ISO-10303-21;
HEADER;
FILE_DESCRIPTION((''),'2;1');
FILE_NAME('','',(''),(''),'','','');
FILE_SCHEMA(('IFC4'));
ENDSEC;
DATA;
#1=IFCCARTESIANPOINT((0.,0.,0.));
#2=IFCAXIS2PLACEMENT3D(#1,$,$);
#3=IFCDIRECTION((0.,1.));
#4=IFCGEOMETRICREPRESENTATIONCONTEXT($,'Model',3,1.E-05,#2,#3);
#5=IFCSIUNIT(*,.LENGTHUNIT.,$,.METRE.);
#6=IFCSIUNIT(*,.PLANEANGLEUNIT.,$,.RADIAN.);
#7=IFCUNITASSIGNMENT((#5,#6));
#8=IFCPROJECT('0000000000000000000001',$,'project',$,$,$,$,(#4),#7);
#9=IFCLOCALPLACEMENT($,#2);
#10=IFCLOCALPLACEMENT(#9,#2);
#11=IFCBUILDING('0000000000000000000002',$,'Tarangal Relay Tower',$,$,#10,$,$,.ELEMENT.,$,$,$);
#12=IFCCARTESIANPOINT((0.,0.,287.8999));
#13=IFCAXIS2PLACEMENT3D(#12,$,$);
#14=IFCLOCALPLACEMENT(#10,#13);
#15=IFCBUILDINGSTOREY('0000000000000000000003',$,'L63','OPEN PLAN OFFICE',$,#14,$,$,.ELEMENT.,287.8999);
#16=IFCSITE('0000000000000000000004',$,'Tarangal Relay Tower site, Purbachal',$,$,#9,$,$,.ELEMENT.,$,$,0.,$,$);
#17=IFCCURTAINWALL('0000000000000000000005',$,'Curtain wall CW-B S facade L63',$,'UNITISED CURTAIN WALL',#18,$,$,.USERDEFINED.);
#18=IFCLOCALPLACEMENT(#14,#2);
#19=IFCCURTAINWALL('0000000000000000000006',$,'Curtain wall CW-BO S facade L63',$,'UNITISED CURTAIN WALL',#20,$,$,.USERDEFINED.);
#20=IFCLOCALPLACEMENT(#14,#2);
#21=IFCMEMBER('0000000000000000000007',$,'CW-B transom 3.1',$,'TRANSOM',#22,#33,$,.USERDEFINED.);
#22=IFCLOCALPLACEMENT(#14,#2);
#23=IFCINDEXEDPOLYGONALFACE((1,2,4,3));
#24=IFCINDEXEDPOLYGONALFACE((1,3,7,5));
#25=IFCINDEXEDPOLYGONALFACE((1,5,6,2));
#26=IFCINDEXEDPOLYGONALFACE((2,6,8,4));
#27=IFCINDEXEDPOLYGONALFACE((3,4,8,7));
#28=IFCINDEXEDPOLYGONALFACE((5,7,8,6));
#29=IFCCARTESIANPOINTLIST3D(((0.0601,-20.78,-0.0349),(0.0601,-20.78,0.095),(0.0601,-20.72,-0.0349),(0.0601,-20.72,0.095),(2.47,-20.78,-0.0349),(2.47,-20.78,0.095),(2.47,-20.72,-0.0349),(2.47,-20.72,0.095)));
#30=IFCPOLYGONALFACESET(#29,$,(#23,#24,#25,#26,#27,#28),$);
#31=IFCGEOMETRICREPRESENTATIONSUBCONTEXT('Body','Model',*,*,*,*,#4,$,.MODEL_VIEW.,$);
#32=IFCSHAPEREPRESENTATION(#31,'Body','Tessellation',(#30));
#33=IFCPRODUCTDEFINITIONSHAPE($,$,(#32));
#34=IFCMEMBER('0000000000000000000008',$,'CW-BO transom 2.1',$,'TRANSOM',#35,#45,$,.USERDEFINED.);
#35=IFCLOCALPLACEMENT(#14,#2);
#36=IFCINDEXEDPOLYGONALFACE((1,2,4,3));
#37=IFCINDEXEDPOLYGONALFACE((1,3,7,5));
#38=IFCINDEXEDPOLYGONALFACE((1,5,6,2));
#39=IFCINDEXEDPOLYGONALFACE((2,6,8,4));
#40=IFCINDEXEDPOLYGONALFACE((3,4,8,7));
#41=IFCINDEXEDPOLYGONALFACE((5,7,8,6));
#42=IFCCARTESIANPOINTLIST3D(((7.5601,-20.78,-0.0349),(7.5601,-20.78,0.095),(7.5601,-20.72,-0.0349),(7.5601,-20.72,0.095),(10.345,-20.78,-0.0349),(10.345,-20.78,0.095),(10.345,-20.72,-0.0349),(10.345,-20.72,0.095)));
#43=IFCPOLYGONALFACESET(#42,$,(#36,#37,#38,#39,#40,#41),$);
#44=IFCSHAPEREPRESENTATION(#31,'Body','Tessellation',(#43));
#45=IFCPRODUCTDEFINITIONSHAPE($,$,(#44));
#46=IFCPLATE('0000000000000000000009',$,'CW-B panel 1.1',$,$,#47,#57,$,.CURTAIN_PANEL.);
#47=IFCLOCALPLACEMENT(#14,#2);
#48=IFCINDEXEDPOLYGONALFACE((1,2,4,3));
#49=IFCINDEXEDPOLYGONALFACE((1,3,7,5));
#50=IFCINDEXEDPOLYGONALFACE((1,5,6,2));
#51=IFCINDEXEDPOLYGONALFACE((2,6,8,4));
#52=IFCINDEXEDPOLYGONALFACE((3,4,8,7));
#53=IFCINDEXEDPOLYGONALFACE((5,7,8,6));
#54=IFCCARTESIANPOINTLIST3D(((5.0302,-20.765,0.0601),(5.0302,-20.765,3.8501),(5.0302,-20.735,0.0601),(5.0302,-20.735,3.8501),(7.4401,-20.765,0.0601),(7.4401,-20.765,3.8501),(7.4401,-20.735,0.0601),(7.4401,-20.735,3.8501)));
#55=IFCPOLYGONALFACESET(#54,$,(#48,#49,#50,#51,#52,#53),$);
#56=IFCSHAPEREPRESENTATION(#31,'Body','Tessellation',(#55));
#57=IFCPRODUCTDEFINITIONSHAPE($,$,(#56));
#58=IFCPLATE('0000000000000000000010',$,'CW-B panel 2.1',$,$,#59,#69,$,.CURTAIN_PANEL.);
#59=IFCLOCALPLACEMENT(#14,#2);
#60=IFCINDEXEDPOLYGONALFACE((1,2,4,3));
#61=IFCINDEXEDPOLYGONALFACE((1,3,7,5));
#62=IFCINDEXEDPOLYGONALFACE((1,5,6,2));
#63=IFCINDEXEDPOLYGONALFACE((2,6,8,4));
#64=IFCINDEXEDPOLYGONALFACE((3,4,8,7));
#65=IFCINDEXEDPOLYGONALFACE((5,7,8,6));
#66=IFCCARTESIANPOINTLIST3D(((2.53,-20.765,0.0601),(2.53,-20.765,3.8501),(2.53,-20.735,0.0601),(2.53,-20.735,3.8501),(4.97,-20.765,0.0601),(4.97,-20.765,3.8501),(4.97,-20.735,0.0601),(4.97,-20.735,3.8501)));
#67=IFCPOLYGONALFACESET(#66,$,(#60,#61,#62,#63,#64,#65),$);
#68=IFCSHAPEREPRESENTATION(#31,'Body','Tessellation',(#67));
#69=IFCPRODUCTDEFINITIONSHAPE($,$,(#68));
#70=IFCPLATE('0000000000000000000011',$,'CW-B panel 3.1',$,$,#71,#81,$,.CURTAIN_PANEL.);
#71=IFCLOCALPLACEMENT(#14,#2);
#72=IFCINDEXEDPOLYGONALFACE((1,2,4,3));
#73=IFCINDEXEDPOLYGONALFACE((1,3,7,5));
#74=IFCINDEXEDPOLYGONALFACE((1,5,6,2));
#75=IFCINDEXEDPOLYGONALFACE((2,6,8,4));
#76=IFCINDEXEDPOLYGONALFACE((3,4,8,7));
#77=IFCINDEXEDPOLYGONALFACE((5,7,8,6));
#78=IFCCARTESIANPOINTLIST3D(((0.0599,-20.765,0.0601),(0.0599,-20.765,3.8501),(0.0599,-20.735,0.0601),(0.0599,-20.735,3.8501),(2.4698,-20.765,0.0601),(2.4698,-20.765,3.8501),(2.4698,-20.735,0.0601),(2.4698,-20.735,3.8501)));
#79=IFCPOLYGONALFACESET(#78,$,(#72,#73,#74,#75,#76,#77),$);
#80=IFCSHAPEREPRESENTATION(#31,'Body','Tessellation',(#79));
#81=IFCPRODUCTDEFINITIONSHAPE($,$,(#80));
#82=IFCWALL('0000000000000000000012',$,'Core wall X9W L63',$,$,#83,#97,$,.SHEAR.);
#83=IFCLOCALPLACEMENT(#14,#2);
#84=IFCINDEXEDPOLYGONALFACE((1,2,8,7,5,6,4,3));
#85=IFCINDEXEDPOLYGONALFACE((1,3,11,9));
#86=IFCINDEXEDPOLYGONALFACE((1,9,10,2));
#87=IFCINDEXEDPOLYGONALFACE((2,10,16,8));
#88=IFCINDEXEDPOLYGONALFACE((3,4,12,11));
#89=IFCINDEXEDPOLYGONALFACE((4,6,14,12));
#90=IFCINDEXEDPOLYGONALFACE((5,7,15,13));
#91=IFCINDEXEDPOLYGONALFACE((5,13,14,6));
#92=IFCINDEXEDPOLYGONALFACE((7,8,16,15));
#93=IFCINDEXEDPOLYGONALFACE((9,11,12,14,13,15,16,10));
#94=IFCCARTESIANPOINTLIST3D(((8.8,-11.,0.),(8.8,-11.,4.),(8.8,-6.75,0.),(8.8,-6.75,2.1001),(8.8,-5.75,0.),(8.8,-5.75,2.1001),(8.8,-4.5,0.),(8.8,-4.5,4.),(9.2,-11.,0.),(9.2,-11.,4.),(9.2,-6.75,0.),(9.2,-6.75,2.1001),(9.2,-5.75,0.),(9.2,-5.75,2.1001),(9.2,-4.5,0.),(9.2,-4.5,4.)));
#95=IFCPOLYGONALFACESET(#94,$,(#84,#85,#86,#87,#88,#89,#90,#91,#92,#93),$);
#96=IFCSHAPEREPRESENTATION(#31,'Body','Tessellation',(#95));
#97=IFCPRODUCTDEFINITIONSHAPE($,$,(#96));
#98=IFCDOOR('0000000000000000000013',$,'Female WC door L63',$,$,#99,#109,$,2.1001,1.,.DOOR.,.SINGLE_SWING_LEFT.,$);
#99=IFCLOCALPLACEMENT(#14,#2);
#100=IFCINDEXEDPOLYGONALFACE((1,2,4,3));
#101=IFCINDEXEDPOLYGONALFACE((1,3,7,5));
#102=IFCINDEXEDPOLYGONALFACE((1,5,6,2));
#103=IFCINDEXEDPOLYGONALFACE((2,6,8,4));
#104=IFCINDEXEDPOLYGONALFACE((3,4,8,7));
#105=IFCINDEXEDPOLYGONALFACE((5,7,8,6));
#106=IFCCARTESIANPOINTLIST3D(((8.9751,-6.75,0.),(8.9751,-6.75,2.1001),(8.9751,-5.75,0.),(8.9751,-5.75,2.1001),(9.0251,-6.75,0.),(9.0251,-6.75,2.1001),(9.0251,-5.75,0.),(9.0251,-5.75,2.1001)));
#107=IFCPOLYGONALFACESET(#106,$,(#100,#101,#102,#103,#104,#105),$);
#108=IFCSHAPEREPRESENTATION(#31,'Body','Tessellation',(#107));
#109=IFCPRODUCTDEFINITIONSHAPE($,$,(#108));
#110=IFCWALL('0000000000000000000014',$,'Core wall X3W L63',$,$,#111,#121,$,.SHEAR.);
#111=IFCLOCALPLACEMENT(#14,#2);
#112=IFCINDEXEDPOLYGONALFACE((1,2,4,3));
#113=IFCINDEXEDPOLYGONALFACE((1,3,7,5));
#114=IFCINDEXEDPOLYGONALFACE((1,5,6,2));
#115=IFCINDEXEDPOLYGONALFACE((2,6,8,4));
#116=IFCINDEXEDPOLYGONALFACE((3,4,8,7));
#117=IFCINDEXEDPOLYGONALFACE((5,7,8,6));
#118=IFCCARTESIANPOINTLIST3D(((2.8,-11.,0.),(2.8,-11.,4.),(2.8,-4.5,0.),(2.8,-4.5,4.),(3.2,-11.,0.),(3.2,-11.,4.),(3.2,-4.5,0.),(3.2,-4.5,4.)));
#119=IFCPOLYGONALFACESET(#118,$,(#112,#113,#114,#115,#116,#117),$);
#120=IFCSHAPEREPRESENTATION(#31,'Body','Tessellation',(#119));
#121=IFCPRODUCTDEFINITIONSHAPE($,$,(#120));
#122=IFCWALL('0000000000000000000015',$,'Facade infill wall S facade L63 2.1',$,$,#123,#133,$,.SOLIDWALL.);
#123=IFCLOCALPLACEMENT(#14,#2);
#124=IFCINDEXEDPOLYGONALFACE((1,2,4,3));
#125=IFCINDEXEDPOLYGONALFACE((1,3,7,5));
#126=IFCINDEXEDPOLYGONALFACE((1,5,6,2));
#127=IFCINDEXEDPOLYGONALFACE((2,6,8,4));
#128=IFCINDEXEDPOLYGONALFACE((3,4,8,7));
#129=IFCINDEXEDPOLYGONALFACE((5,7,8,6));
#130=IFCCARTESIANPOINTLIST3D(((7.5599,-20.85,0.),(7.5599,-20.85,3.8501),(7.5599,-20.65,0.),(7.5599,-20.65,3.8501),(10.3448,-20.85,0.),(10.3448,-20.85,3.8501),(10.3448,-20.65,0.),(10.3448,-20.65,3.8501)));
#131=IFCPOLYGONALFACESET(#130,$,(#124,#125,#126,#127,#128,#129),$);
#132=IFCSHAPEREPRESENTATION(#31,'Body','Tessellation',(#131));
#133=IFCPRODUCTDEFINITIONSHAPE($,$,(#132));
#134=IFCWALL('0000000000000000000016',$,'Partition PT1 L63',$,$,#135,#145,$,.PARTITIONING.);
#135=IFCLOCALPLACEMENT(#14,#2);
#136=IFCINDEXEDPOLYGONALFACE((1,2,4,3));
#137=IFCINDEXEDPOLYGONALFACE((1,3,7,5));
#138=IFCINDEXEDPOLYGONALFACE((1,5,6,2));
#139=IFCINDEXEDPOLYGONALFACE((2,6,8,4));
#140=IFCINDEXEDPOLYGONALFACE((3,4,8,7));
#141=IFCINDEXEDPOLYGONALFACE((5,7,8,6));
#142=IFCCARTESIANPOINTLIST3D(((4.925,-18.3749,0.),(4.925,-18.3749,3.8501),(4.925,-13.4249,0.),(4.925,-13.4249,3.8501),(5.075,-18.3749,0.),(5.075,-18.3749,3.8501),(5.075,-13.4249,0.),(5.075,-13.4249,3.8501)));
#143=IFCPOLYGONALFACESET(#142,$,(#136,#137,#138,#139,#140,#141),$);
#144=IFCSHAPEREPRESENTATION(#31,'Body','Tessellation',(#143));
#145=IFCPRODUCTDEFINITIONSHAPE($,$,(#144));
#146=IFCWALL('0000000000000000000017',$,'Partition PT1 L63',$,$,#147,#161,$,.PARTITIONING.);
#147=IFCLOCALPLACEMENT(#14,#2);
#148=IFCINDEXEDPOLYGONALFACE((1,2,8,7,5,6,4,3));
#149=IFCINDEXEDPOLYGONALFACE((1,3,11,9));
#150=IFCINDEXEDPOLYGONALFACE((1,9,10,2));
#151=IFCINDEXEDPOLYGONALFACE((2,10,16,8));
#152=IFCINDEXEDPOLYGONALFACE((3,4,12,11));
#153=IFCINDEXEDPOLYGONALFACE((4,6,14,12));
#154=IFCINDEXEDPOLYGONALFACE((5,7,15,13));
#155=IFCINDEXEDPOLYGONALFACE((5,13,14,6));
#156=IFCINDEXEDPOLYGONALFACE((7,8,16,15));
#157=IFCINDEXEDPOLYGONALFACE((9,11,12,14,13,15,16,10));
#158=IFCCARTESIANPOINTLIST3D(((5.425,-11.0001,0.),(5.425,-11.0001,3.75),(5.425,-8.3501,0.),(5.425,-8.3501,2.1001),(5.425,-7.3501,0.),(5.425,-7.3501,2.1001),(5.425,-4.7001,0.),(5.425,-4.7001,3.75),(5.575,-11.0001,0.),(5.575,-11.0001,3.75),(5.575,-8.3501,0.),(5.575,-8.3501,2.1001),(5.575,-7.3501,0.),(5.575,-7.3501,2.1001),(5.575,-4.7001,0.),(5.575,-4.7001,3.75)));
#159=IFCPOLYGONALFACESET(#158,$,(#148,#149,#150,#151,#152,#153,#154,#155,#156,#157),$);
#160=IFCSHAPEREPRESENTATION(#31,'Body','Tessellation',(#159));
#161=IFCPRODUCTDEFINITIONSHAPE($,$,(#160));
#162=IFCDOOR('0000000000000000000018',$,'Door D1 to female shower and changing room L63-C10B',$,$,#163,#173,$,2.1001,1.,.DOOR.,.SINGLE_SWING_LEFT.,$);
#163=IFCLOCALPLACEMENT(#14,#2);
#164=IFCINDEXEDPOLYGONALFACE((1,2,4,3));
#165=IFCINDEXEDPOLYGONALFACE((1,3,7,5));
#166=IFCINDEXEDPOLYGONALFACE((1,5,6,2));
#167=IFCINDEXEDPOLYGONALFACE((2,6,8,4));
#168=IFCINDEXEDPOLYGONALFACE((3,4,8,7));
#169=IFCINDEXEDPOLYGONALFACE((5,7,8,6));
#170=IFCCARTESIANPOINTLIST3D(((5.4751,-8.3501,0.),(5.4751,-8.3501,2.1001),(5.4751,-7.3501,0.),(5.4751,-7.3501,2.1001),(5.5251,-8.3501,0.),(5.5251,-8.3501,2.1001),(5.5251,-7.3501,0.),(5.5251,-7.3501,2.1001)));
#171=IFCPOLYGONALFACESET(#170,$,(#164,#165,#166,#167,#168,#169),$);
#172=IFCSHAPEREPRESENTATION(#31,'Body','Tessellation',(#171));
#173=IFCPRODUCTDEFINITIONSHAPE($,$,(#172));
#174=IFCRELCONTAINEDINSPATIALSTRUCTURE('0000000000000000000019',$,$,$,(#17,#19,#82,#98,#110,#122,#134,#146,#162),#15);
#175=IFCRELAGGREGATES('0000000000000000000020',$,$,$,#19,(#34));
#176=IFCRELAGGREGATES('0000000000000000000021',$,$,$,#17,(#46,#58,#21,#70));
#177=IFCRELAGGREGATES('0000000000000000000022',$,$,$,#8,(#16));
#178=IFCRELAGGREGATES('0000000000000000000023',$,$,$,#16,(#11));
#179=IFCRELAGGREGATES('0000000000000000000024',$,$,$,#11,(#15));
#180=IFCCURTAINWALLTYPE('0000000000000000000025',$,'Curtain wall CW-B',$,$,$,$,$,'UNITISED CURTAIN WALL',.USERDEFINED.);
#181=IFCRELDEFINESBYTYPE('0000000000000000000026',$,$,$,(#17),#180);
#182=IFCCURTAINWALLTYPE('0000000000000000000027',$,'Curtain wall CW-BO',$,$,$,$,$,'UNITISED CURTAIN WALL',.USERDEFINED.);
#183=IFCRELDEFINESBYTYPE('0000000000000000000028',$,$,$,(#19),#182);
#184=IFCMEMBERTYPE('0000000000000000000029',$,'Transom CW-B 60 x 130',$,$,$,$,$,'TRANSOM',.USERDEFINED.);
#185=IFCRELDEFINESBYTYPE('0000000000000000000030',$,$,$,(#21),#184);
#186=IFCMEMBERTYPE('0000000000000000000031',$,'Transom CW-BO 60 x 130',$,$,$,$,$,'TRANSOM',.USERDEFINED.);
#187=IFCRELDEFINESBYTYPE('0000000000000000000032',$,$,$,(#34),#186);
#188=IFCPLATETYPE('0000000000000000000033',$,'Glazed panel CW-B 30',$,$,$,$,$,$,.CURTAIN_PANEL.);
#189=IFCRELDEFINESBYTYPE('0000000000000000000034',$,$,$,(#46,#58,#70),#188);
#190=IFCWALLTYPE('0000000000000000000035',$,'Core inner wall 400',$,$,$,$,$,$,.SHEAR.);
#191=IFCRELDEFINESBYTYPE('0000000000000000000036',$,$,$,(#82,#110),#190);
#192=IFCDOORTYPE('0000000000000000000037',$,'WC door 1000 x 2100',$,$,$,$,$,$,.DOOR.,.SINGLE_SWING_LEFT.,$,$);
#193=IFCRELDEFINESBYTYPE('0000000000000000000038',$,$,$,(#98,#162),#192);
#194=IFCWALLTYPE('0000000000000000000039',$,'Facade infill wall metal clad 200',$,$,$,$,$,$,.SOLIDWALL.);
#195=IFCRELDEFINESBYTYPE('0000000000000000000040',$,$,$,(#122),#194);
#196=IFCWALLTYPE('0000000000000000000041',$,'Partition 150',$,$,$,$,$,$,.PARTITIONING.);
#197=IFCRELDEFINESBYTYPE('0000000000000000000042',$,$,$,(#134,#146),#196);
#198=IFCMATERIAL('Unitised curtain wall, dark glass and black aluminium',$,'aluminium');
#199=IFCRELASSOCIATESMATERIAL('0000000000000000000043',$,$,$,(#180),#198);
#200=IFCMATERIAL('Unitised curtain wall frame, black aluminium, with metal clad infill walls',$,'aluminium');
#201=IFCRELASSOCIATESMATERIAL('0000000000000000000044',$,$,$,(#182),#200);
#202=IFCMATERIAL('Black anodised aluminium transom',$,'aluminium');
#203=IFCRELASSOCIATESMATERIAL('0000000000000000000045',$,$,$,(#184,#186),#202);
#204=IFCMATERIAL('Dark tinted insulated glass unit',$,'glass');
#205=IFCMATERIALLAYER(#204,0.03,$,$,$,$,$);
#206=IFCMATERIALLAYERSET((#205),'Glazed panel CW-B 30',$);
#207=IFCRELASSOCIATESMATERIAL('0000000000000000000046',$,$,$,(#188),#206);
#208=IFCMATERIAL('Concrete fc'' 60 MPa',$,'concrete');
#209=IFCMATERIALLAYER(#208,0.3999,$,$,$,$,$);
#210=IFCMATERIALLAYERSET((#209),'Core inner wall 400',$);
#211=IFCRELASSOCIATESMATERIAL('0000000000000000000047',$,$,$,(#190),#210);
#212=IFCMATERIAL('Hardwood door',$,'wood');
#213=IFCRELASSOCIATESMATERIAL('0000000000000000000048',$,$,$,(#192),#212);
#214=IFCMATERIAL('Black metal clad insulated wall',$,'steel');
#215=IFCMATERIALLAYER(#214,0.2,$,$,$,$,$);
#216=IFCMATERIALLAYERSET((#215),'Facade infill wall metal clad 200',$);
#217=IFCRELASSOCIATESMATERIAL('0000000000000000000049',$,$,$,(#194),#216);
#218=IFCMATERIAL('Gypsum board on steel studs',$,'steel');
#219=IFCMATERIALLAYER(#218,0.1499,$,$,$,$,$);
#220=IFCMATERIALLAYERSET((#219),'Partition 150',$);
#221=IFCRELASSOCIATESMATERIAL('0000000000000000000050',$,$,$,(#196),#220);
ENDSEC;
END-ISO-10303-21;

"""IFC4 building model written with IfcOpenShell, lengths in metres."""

from ifc_helpers import new_model, si_unit, direction, frame, frame_2d, origin, origin_2d, place, context, subcontext, project, spatial, rectangle, extrude, material, layer, layer_set, material_profile, profile_set, type_object, element, fill, aggregate, save


model = new_model("IFC4")

# Units and contexts
model_context = context("Model", 3, precision=1e-05, world=origin(), true_north=direction((0.0, 1.0)))
body_context = subcontext(model_context, "Body", "Model", "MODEL_VIEW")
ifc_project = project(units=[si_unit("LENGTHUNIT", "METRE"), si_unit("PLANEANGLEUNIT", "RADIAN")], contexts=[model_context])

# Site, building, storey
site_placement = place(None, origin())
site = spatial("IfcSite", under=ifc_project, at=site_placement, Name="Tarangal Relay Tower site, Purbachal", CompositionType="ELEMENT", RefElevation=0.0)
building_placement = place(site_placement, origin())
building = spatial("IfcBuilding", under=site, at=building_placement, Name="Tarangal Relay Tower", CompositionType="ELEMENT")
storey_placement = place(building_placement, frame((0.0, 0.0, 287.8999)))
storey = spatial("IfcBuildingStorey", under=building, at=storey_placement, Name="L63", Description="OPEN PLAN OFFICE", CompositionType="ELEMENT", Elevation=287.8999)

# Curtain wall
ifc_material_1 = material(Name="Unitised curtain wall, dark glass and black aluminium", Category="aluminium")
curtain_wall_type_1 = type_object("IfcCurtainWallType", Name="Curtain wall CW-B", ElementType="UNITISED CURTAIN WALL", PredefinedType="USERDEFINED", material=ifc_material_1)
curtain_wall_1_placement = place(storey_placement, origin())
curtain_wall_1 = element("IfcCurtainWall", 1, at=curtain_wall_1_placement, inside=storey, type_object=curtain_wall_type_1, Name="Curtain wall CW-B S facade L63", ObjectType="UNITISED CURTAIN WALL", PredefinedType="USERDEFINED")

# Curtain wall
ifc_material_2 = material(Name="Unitised curtain wall frame, black aluminium, with metal clad infill walls", Category="aluminium")
curtain_wall_type_2 = type_object("IfcCurtainWallType", Name="Curtain wall CW-BO", ElementType="UNITISED CURTAIN WALL", PredefinedType="USERDEFINED", material=ifc_material_2)
curtain_wall_2_placement = place(storey_placement, origin())
curtain_wall_2 = element("IfcCurtainWall", 2, at=curtain_wall_2_placement, inside=storey, type_object=curtain_wall_type_2, Name="Curtain wall CW-BO S facade L63", ObjectType="UNITISED CURTAIN WALL", PredefinedType="USERDEFINED")

# Members
ifc_material_3 = material(Name="Black anodised aluminium transom", Category="aluminium")
ifc_material_profile_1 = material_profile(ifc_material_3, rectangle(XDim=0.0601, YDim=0.1299, at=origin_2d()), Name="CW-BT 60X130")
ifc_profile_set_1 = profile_set([ifc_material_profile_1], Name="Black anodised aluminium transom")
member_type_1 = type_object("IfcMemberType", Name="Transom CW-B 60 x 130", ElementType="TRANSOM", PredefinedType="USERDEFINED", material=ifc_profile_set_1)
member_1_placement = place(storey_placement, frame((2.47, -20.75, 0.03), z_axis=(-1.0, 0.0, 0.0), x_axis=(0.0, -1.0, 0.0)))
member_1 = element("IfcMember", 3, at=member_1_placement, type_object=member_type_1, Name="CW-B transom 3.1", ObjectType="TRANSOM", PredefinedType="USERDEFINED", context=body_context, shape_type="SweptSolid", body=[
    extrude(rectangle(XDim=0.0601, YDim=0.1299, at=origin_2d()), origin(), (0.0, 0.0, 1.0), 2.4099),
])
ifc_material_profile_2 = material_profile(ifc_material_3, rectangle(XDim=0.0601, YDim=0.1299, at=origin_2d()), Name="CW-BOT 60X130")
ifc_profile_set_2 = profile_set([ifc_material_profile_2], Name="Black anodised aluminium transom")
member_type_2 = type_object("IfcMemberType", Name="Transom CW-BO 60 x 130", ElementType="TRANSOM", PredefinedType="USERDEFINED", material=ifc_profile_set_2)
member_2_placement = place(storey_placement, frame((10.345, -20.75, 0.03), z_axis=(-1.0, 0.0, 0.0), x_axis=(0.0, -1.0, 0.0)))
member_2 = element("IfcMember", 4, at=member_2_placement, type_object=member_type_2, Name="CW-BO transom 2.1", ObjectType="TRANSOM", PredefinedType="USERDEFINED", context=body_context, shape_type="SweptSolid", body=[
    extrude(rectangle(XDim=0.0601, YDim=0.1299, at=origin_2d()), origin(), (0.0, 0.0, 1.0), 2.7849),
])
aggregate(curtain_wall_2, [member_2])

# Plates
ifc_material_4 = material(Name="Dark tinted insulated glass unit", Category="glass")
ifc_layer_1 = layer(ifc_material_4, 0.03)
ifc_layer_set_1 = layer_set([ifc_layer_1], Name="Glazed panel CW-B 30")
plate_type = type_object("IfcPlateType", Name="Glazed panel CW-B 30", PredefinedType="CURTAIN_PANEL", material=ifc_layer_set_1)
plate_1_placement = place(storey_placement, frame((6.2351, -20.75, 0.0601), z_axis=(0.0, 0.0, 1.0), x_axis=(-1.0, 0.0, 0.0)))
plate_1 = element("IfcPlate", 5, at=plate_1_placement, type_object=plate_type, Name="CW-B panel 1.1", PredefinedType="CURTAIN_PANEL", context=body_context, shape_type="SweptSolid", body=[
    extrude(rectangle(XDim=2.4099, YDim=0.03, at=origin_2d()), origin(), (0.0, 0.0, 1.0), 3.79),
])
plate_2_placement = place(storey_placement, frame((3.75, -20.75, 0.0601), z_axis=(0.0, 0.0, 1.0), x_axis=(-1.0, 0.0, 0.0)))
plate_2 = element("IfcPlate", 6, at=plate_2_placement, type_object=plate_type, Name="CW-B panel 2.1", PredefinedType="CURTAIN_PANEL", context=body_context, shape_type="SweptSolid", body=[
    extrude(rectangle(XDim=2.4399, YDim=0.03, at=origin_2d()), origin(), (0.0, 0.0, 1.0), 3.79),
])
plate_3_placement = place(storey_placement, frame((1.2649, -20.75, 0.0601), z_axis=(0.0, 0.0, 1.0), x_axis=(-1.0, 0.0, 0.0)))
plate_3 = element("IfcPlate", 7, at=plate_3_placement, type_object=plate_type, Name="CW-B panel 3.1", PredefinedType="CURTAIN_PANEL", context=body_context, shape_type="SweptSolid", body=[
    extrude(rectangle(XDim=2.4099, YDim=0.03, at=origin_2d()), origin(), (0.0, 0.0, 1.0), 3.79),
])
aggregate(curtain_wall_1, [plate_1, plate_2, member_1, plate_3])

# Wall, opening, door
ifc_material_5 = material(Name="Concrete fc' 60 MPa", Category="concrete")
ifc_layer_2 = layer(ifc_material_5, 0.3999)
ifc_layer_set_2 = layer_set([ifc_layer_2], Name="Core inner wall 400")
wall_type_1 = type_object("IfcWallType", Name="Core inner wall 400", PredefinedType="SHEAR", material=ifc_layer_set_2)
wall_1_placement = place(storey_placement, frame((9.0, -11.0, 0.0), z_axis=(0.0, 0.0, 1.0), x_axis=(0.0, 1.0, 0.0)))
wall_1 = element("IfcWall", 8, at=wall_1_placement, inside=storey, type_object=wall_type_1, Name="Core wall X9W L63", PredefinedType="SHEAR", context=body_context, shape_type="SweptSolid", body=[
    extrude(rectangle(XDim=6.5, YDim=0.3999, at=frame_2d((3.25, 0.0))), origin(), (0.0, 0.0, 1.0), 4.0),
])
opening_1_placement = place(wall_1_placement, frame((4.25, 0.0, 0.0)))
opening_1 = element("IfcOpeningElement", 9, at=opening_1_placement, cuts=wall_1, PredefinedType="OPENING", context=body_context, shape_type="SweptSolid", body=[
    extrude(rectangle(XDim=1.0, YDim=2.1001, at=frame_2d((0.5, 1.05))), frame((0.0, 0.21, 0.0), z_axis=(0.0, -1.0, 0.0), x_axis=(1.0, 0.0, 0.0)), (0.0, 0.0, 1.0), 0.4199),
])
ifc_material_6 = material(Name="Hardwood door", Category="wood")
door_type = type_object("IfcDoorType", Name="WC door 1000 x 2100", OperationType="SINGLE_SWING_LEFT", PredefinedType="DOOR", material=ifc_material_6)
door_1_placement = place(opening_1_placement, origin())
door_1 = element("IfcDoor", 10, at=door_1_placement, inside=storey, type_object=door_type, Name="Female WC door L63", OperationType="SINGLE_SWING_LEFT", OverallHeight=2.1001, OverallWidth=1.0, PredefinedType="DOOR", context=body_context, shape_type="SweptSolid", body=[
    extrude(rectangle(XDim=1.0, YDim=2.1001, at=frame_2d((0.5, 1.05))), frame((0.0, 0.0249, 0.0), z_axis=(0.0, -1.0, 0.0), x_axis=(1.0, 0.0, 0.0)), (0.0, 0.0, 1.0), 0.05),
])
fill(opening_1, door_1)

# Walls
wall_2_placement = place(storey_placement, frame((3.0, -11.0, 0.0), z_axis=(0.0, 0.0, 1.0), x_axis=(0.0, 1.0, 0.0)))
element("IfcWall", 11, at=wall_2_placement, inside=storey, type_object=wall_type_1, Name="Core wall X3W L63", PredefinedType="SHEAR", context=body_context, shape_type="SweptSolid", body=[
    extrude(rectangle(XDim=6.5, YDim=0.3999, at=frame_2d((3.25, 0.0))), origin(), (0.0, 0.0, 1.0), 4.0),
])
ifc_material_7 = material(Name="Black metal clad insulated wall", Category="steel")
ifc_layer_3 = layer(ifc_material_7, 0.2)
ifc_layer_set_3 = layer_set([ifc_layer_3], Name="Facade infill wall metal clad 200")
wall_type_2 = type_object("IfcWallType", Name="Facade infill wall metal clad 200", PredefinedType="SOLIDWALL", material=ifc_layer_set_3)
wall_3_placement = place(storey_placement, frame((10.345, -20.75, 0.0), z_axis=(0.0, 0.0, 1.0), x_axis=(-1.0, 0.0, 0.0)))
element("IfcWall", 12, at=wall_3_placement, inside=storey, type_object=wall_type_2, Name="Facade infill wall S facade L63 2.1", PredefinedType="SOLIDWALL", context=body_context, shape_type="SweptSolid", body=[
    extrude(rectangle(XDim=2.7849, YDim=0.2, at=frame_2d((1.3926, 0.0))), origin(), (0.0, 0.0, 1.0), 3.8501),
])
ifc_material_8 = material(Name="Gypsum board on steel studs", Category="steel")
ifc_layer_4 = layer(ifc_material_8, 0.1499)
ifc_layer_set_4 = layer_set([ifc_layer_4], Name="Partition 150")
wall_type_3 = type_object("IfcWallType", Name="Partition 150", PredefinedType="PARTITIONING", material=ifc_layer_set_4)
wall_4_placement = place(storey_placement, frame((5.0, -18.375, 0.0), z_axis=(0.0, 0.0, 1.0), x_axis=(0.0, 1.0, 0.0)))
element("IfcWall", 13, at=wall_4_placement, inside=storey, type_object=wall_type_3, Name="Partition PT1 L63", PredefinedType="PARTITIONING", context=body_context, shape_type="SweptSolid", body=[
    extrude(rectangle(XDim=4.95, YDim=0.1499, at=frame_2d((2.4751, 0.0))), origin(), (0.0, 0.0, 1.0), 3.8501),
])

# Wall, opening, door
wall_5_placement = place(storey_placement, frame((5.5, -11.0, 0.0), z_axis=(0.0, 0.0, 1.0), x_axis=(0.0, 1.0, 0.0)))
wall_5 = element("IfcWall", 14, at=wall_5_placement, inside=storey, type_object=wall_type_3, Name="Partition PT1 L63", PredefinedType="PARTITIONING", context=body_context, shape_type="SweptSolid", body=[
    extrude(rectangle(XDim=6.3, YDim=0.1499, at=frame_2d((3.1499, 0.0))), origin(), (0.0, 0.0, 1.0), 3.75),
])
opening_2_placement = place(wall_5_placement, frame((2.6499, 0.0, 0.0)))
opening_2 = element("IfcOpeningElement", 15, at=opening_2_placement, cuts=wall_5, PredefinedType="OPENING", context=body_context, shape_type="SweptSolid", body=[
    extrude(rectangle(XDim=1.0, YDim=2.1001, at=frame_2d((0.5, 1.05))), frame((0.0, 0.085, 0.0), z_axis=(0.0, -1.0, 0.0), x_axis=(1.0, 0.0, 0.0)), (0.0, 0.0, 1.0), 0.1699),
])
door_2_placement = place(opening_2_placement, origin())
door_2 = element("IfcDoor", 16, at=door_2_placement, inside=storey, type_object=door_type, Name="Door D1 to female shower and changing room L63-C10B", OperationType="SINGLE_SWING_LEFT", OverallHeight=2.1001, OverallWidth=1.0, PredefinedType="DOOR", context=body_context, shape_type="SweptSolid", body=[
    extrude(rectangle(XDim=1.0, YDim=2.1001, at=frame_2d((0.5, 1.05))), frame((0.0, 0.0249, 0.0), z_axis=(0.0, -1.0, 0.0), x_axis=(1.0, 0.0, 0.0)), (0.0, 0.0, 1.0), 0.05),
])
fill(opening_2, door_2)

save(model, "model.ifc")
